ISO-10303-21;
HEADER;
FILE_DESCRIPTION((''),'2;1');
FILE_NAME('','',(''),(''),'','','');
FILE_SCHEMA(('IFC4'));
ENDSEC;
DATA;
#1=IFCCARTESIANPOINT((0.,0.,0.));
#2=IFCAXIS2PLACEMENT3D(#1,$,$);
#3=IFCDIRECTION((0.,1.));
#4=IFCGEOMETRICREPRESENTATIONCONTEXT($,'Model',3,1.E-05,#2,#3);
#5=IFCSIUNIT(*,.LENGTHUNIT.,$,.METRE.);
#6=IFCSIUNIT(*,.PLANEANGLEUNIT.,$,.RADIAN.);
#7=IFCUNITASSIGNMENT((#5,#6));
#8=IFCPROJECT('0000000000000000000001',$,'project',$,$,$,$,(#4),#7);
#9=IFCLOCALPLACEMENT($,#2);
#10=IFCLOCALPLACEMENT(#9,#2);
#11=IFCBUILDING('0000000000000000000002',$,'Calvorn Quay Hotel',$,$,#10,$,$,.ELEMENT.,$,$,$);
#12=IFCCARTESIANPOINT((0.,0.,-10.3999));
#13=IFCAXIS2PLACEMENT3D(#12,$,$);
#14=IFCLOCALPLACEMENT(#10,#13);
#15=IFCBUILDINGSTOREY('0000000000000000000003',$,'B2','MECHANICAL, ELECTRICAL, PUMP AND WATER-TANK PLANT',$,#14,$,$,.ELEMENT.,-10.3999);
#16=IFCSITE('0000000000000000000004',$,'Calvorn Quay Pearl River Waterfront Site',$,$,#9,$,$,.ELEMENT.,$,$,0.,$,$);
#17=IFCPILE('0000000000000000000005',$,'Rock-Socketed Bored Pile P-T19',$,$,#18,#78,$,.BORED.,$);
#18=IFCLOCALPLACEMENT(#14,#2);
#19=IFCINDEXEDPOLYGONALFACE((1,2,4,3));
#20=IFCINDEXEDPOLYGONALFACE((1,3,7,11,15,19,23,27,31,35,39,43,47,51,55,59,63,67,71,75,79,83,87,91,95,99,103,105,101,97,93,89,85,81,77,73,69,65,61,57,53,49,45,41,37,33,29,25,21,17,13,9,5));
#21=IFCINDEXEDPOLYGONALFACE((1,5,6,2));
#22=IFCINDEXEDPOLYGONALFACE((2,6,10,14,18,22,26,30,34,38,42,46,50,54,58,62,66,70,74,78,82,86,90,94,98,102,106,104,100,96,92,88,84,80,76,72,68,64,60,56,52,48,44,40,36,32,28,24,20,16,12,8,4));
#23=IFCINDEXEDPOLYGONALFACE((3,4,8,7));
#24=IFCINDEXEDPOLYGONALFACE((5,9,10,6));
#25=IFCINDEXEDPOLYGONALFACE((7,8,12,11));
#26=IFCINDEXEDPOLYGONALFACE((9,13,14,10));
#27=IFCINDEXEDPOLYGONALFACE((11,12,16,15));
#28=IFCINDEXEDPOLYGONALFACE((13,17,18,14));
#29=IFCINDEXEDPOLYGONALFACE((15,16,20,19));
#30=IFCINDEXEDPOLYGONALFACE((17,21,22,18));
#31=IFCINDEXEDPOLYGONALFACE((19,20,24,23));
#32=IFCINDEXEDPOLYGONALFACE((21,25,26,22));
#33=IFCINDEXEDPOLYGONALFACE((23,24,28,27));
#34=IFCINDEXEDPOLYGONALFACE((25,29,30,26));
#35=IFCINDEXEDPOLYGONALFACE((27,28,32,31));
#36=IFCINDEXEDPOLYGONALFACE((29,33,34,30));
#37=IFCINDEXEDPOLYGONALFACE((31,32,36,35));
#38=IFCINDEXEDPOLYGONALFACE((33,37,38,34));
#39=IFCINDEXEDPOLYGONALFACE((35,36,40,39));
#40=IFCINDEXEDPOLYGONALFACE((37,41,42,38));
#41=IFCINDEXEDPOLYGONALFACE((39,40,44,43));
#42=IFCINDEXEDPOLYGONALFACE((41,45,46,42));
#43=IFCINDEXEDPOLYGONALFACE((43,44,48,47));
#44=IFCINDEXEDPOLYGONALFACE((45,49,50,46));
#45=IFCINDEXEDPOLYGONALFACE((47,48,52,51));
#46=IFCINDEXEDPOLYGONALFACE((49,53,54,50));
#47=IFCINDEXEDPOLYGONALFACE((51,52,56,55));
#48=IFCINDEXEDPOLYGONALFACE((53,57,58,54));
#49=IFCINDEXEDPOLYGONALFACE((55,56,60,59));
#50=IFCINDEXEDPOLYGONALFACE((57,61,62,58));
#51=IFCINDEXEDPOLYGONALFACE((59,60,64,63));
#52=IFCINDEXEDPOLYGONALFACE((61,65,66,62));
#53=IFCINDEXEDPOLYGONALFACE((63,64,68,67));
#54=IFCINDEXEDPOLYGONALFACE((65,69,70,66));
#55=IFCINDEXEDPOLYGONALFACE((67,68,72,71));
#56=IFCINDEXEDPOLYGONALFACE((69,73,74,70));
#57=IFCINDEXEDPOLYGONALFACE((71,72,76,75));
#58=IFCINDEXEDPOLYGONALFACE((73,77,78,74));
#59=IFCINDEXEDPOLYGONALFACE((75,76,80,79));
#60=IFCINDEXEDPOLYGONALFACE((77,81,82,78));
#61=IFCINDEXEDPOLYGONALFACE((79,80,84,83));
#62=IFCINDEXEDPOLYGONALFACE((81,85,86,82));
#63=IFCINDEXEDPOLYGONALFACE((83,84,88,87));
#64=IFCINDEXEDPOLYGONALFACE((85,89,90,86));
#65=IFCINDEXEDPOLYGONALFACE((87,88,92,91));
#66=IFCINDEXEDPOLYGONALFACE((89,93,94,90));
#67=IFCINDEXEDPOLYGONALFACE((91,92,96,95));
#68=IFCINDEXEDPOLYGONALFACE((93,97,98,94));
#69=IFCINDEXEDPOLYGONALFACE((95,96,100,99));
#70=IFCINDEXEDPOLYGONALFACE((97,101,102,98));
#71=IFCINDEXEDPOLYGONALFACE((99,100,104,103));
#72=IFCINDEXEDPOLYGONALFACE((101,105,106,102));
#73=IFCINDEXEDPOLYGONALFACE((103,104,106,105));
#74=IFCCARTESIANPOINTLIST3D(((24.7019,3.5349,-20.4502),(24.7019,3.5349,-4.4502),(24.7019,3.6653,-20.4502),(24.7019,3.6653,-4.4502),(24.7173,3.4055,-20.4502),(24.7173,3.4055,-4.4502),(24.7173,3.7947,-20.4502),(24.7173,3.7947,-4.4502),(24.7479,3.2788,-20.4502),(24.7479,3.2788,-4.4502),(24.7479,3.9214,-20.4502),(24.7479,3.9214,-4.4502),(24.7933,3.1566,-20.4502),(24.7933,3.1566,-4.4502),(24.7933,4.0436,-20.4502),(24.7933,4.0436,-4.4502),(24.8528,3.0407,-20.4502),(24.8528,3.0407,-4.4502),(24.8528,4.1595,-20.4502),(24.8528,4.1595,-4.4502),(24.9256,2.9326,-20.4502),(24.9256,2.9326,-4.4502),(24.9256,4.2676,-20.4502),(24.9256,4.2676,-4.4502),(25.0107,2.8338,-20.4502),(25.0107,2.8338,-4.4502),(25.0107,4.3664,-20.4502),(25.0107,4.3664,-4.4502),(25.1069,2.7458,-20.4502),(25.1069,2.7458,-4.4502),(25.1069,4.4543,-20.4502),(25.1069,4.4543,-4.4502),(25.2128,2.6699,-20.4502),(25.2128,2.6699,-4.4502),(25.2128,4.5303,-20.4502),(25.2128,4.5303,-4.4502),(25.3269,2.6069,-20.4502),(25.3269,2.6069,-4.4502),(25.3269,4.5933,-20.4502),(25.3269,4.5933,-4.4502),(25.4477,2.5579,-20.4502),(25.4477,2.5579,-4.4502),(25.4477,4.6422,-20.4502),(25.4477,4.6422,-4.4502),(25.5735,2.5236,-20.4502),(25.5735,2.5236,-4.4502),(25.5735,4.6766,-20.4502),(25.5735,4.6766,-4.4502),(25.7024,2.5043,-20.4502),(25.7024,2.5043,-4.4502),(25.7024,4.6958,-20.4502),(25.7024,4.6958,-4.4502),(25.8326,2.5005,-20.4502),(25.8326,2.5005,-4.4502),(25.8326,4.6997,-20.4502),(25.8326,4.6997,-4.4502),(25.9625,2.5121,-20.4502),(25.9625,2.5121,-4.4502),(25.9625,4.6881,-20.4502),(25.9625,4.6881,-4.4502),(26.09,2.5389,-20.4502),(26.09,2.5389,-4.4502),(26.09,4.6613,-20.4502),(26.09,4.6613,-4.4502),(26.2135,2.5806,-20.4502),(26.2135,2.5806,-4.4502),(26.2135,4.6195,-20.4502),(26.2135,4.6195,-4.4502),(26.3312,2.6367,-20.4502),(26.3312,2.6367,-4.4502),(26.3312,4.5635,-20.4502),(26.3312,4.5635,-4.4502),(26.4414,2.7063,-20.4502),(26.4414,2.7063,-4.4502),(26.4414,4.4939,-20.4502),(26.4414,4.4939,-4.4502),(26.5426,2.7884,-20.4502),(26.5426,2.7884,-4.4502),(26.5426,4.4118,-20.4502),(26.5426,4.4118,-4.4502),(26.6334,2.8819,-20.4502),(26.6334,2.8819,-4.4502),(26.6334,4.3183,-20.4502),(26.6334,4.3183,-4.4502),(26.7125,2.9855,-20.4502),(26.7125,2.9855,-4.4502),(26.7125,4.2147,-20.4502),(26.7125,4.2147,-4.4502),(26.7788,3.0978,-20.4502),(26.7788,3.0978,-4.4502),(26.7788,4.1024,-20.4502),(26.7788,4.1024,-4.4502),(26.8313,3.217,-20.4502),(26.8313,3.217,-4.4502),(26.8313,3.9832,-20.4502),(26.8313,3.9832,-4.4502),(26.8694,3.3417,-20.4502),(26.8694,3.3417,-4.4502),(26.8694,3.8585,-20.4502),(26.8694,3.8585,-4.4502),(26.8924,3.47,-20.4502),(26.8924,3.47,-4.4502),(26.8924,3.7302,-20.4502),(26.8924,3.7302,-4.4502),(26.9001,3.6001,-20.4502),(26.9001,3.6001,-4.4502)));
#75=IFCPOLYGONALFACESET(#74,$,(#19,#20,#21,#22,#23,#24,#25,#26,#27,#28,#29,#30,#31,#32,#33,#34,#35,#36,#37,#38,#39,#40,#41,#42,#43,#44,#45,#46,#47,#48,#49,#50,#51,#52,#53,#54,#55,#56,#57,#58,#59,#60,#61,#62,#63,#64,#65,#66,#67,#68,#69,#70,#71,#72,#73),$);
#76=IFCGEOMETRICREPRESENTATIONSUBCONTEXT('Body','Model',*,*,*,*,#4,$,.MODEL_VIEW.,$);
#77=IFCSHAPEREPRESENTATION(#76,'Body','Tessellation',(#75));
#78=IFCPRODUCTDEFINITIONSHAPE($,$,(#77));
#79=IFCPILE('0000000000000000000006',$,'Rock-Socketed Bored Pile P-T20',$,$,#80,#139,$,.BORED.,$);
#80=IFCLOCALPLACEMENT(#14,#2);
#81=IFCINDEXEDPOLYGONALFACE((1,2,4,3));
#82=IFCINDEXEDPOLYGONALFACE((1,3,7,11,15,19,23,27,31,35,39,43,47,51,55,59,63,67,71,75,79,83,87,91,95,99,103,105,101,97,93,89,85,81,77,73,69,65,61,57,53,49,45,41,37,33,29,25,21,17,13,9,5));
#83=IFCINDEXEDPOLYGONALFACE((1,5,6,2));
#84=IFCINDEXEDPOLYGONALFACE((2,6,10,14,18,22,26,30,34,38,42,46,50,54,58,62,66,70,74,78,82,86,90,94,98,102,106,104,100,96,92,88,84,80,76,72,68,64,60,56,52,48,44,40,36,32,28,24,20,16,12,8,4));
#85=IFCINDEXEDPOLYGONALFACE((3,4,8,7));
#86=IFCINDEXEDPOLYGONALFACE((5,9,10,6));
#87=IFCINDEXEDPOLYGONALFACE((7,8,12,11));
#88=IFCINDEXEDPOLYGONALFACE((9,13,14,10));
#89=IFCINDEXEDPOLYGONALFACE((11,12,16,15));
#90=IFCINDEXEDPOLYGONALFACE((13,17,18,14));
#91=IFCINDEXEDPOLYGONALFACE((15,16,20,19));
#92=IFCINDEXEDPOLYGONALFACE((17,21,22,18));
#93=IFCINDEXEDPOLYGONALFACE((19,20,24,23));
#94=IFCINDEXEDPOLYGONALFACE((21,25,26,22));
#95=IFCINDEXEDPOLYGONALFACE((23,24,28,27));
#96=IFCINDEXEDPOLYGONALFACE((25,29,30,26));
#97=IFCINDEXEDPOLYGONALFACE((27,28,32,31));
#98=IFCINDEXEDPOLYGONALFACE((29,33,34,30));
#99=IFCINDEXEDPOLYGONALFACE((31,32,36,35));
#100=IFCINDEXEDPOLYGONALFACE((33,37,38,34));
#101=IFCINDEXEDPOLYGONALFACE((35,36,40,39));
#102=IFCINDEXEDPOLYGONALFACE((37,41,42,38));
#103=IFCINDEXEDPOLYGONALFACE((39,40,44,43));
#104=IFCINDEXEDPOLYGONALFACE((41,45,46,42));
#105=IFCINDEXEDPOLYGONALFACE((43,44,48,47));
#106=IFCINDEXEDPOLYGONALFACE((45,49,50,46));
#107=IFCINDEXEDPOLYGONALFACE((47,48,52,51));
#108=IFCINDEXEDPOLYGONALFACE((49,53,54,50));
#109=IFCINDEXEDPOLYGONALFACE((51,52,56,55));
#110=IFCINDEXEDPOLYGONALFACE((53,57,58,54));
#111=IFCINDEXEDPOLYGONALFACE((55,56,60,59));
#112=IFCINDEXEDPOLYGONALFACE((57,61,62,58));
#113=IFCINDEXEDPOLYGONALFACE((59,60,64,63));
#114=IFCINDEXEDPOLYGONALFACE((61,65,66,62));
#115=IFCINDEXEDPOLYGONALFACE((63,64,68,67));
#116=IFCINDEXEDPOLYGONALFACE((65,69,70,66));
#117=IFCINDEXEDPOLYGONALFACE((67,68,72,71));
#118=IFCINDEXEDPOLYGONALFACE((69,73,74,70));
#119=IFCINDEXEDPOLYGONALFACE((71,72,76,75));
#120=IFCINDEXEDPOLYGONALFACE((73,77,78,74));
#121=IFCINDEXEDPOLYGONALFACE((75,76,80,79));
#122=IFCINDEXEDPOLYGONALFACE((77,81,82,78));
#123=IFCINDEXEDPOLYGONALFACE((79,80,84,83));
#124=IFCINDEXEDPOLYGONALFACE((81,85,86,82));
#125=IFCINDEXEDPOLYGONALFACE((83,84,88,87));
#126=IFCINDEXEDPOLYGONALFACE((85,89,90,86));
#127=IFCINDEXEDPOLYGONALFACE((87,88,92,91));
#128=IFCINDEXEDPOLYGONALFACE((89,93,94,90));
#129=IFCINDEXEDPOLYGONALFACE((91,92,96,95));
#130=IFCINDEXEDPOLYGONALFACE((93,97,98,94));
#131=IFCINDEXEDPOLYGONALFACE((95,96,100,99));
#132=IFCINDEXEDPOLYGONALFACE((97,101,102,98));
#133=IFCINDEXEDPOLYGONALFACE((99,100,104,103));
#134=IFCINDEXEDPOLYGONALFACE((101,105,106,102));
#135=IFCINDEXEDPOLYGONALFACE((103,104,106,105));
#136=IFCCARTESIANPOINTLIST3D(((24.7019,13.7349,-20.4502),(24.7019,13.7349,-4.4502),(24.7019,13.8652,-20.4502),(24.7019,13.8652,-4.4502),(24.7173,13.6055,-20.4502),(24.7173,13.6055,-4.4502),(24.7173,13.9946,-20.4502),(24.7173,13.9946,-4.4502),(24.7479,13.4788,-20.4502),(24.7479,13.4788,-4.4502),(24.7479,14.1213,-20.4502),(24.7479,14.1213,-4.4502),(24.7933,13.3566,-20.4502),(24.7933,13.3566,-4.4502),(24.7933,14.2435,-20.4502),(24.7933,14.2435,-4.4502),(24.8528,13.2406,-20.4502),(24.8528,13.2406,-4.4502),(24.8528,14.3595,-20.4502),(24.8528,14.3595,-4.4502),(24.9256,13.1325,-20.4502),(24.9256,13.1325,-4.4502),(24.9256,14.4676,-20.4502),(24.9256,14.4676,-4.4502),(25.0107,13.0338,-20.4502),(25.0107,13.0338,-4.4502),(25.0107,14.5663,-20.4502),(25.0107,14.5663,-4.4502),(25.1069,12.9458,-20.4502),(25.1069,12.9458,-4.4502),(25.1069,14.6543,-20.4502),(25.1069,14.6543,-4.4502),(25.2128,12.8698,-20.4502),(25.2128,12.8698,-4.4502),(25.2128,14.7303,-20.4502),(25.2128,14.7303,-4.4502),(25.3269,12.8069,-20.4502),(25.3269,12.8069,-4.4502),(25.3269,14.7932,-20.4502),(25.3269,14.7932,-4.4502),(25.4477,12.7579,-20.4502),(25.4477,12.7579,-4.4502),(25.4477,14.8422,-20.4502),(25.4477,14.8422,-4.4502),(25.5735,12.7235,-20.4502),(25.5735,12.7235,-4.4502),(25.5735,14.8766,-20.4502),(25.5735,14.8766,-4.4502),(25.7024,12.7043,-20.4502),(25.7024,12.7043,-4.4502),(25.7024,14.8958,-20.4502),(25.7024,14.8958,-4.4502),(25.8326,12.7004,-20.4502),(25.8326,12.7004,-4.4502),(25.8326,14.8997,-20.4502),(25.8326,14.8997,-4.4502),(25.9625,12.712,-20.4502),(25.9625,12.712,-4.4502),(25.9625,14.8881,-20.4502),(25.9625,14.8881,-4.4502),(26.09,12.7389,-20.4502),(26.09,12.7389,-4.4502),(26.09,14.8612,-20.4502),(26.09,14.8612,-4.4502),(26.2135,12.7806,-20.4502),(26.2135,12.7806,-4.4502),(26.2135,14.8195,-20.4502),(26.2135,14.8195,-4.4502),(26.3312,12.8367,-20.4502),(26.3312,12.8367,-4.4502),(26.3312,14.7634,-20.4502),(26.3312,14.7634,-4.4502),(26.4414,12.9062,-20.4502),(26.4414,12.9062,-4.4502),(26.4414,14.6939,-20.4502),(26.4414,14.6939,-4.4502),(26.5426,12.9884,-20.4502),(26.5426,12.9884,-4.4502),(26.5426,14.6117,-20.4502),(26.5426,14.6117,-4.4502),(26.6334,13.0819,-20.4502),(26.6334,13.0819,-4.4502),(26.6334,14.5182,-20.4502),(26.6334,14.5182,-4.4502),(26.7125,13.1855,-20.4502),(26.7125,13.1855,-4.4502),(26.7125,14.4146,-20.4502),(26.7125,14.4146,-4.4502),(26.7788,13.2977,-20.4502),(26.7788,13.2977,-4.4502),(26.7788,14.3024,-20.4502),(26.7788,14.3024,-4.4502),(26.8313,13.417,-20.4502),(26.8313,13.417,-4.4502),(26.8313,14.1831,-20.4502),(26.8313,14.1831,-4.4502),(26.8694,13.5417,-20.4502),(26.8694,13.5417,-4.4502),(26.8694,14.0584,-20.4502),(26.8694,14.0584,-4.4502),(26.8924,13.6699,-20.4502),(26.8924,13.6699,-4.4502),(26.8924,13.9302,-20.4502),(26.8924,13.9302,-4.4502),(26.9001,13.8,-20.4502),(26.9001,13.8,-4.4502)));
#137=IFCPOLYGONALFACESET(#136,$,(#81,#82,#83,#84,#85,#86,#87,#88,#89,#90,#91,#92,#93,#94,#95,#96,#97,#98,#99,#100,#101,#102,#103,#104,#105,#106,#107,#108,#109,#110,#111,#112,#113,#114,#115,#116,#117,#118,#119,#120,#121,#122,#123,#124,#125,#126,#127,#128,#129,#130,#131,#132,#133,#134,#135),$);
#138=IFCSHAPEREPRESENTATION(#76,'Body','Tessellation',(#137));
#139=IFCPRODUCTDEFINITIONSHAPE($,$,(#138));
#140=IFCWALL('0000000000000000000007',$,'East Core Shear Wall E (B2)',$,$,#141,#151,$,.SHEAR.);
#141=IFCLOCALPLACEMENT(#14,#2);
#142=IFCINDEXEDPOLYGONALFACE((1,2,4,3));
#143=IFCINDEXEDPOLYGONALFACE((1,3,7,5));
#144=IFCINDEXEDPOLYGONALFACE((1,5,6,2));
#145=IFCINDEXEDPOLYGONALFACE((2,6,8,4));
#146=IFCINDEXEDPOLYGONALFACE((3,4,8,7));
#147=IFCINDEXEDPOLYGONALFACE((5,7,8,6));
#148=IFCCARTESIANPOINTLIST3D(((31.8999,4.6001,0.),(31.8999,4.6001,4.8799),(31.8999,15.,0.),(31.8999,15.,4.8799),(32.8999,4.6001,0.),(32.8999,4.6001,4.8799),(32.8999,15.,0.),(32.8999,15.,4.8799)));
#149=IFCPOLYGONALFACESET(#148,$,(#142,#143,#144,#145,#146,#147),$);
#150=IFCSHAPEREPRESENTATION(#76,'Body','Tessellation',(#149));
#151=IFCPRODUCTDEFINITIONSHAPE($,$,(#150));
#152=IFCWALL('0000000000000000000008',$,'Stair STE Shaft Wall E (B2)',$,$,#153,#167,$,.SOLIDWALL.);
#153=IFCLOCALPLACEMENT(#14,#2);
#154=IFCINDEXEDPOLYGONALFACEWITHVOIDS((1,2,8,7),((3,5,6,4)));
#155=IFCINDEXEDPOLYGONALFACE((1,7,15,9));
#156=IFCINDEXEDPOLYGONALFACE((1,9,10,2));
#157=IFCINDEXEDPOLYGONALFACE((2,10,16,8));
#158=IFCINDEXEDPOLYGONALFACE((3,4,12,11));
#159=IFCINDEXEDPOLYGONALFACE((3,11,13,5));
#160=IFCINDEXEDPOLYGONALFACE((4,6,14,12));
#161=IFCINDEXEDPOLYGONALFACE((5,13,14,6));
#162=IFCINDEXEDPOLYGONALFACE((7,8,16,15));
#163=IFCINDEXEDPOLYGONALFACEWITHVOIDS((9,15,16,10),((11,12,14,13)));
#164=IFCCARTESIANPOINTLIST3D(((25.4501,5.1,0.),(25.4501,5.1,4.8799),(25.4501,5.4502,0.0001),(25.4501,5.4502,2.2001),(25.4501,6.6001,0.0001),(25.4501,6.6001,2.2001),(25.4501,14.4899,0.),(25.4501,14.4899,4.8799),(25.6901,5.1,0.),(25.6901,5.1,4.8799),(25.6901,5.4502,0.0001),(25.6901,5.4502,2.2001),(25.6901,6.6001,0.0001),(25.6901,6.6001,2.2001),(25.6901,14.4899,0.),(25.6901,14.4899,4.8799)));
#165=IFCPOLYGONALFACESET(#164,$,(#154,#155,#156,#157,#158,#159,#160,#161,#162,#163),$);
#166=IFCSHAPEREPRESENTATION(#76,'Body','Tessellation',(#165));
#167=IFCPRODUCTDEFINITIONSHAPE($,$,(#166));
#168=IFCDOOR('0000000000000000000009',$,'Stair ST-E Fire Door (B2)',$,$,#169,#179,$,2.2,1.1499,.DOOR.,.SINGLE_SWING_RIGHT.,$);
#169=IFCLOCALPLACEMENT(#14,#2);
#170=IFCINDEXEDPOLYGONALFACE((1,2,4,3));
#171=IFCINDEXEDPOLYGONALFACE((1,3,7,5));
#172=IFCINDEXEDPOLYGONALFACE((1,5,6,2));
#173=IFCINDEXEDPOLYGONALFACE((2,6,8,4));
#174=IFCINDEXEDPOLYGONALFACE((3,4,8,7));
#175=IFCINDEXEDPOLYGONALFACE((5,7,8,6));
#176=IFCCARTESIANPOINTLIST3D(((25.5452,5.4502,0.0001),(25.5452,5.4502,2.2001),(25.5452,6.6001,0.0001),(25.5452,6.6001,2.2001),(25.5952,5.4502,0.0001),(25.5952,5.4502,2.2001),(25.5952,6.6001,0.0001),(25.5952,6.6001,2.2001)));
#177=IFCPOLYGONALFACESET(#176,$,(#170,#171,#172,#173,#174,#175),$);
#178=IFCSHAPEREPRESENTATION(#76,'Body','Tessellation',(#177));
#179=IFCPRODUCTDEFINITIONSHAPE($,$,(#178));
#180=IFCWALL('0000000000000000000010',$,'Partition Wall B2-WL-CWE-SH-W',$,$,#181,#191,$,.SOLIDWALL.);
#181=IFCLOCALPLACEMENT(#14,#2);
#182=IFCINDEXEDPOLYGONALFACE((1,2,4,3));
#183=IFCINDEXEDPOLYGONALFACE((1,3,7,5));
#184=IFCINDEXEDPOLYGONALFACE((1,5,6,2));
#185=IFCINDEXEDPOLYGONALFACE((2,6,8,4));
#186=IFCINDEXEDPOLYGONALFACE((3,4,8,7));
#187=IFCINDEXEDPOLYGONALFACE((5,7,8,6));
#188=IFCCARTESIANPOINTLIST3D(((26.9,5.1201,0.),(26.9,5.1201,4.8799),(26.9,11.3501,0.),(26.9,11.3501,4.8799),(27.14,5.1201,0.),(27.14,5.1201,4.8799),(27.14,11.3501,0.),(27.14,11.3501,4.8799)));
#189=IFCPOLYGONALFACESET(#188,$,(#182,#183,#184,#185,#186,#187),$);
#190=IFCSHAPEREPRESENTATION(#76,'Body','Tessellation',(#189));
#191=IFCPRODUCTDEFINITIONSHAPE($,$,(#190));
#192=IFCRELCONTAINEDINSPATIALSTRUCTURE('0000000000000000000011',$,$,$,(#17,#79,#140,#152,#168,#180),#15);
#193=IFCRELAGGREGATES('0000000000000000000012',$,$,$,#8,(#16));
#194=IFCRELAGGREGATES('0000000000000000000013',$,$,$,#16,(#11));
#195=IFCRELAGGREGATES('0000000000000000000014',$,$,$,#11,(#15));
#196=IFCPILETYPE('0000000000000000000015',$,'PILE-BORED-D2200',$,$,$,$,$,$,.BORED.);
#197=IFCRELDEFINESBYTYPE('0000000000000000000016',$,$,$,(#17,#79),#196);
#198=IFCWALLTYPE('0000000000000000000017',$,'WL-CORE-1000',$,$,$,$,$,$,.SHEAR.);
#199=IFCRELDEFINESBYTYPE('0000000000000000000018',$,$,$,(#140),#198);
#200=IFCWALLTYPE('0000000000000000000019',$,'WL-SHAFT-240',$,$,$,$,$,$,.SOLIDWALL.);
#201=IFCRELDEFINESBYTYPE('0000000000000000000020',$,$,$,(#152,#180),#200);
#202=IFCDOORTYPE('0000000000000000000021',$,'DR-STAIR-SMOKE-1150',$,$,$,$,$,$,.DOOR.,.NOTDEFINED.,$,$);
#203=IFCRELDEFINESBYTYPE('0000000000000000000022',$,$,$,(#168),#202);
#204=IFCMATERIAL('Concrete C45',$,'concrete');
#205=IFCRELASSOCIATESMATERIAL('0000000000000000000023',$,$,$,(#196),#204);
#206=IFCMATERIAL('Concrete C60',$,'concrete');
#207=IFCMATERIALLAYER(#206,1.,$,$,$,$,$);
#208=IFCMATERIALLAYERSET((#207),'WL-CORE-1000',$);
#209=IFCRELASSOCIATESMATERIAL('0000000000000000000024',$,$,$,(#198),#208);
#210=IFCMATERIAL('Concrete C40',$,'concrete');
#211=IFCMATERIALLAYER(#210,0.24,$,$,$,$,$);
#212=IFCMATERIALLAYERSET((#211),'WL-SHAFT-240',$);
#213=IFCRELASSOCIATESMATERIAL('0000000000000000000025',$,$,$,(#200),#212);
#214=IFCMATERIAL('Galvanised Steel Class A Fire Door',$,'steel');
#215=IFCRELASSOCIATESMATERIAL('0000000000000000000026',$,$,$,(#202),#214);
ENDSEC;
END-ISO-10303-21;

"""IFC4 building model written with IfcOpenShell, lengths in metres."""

from ifc_helpers import new_model, si_unit, direction, frame, frame_2d, origin, origin_2d, place, context, subcontext, project, spatial, rectangle, circle, extrude, material, layer, layer_set, material_profile, profile_set, type_object, element, fill, save


model = new_model("IFC4")

# Units and contexts
model_context = context("Model", 3, precision=1e-05, world=origin(), true_north=direction((0.0, 1.0)))
body_context = subcontext(model_context, "Body", "Model", "MODEL_VIEW")
ifc_project = project(units=[si_unit("LENGTHUNIT", "METRE"), si_unit("PLANEANGLEUNIT", "RADIAN")], contexts=[model_context])

# Site, building, storey
site_placement = place(None, origin())
site = spatial("IfcSite", under=ifc_project, at=site_placement, Name="Calvorn Quay Pearl River Waterfront Site", CompositionType="ELEMENT", RefElevation=0.0)
building_placement = place(site_placement, origin())
building = spatial("IfcBuilding", under=site, at=building_placement, Name="Calvorn Quay Hotel", CompositionType="ELEMENT")
storey_placement = place(building_placement, frame((0.0, 0.0, -10.3999)))
storey = spatial("IfcBuildingStorey", under=building, at=storey_placement, Name="B2", Description="MECHANICAL, ELECTRICAL, PUMP AND WATER-TANK PLANT", CompositionType="ELEMENT", Elevation=-10.3999)

# Piles
ifc_material_1 = material(Name="Concrete C45", Category="concrete")
ifc_material_profile = material_profile(ifc_material_1, circle(Radius=1.1001, at=origin_2d()), Name="PILE-D2200")
ifc_profile_set = profile_set([ifc_material_profile], Name="Concrete C45")
pile_type = type_object("IfcPileType", Name="PILE-BORED-D2200", PredefinedType="BORED", material=ifc_profile_set)
for number, where, z_axis, x_axis, name in (
    (1, (25.8, 3.6001, -4.4502), (0.0, 0.0, -1.0), (1.0, 0.0, 0.0), "Rock-Socketed Bored Pile P-T19"),
    (2, (25.8, 13.8, -4.4502), (0.0, 0.0, -1.0), (1.0, 0.0, 0.0), "Rock-Socketed Bored Pile P-T20"),
):
    element("IfcPile", number, at=place(storey_placement, frame(where, z_axis=z_axis, x_axis=x_axis)), inside=storey, type_object=pile_type, Name=name, PredefinedType="BORED", context=body_context, shape_type="SweptSolid", body=[
        extrude(circle(Radius=1.1001, at=origin_2d()), origin(), (0.0, 0.0, 1.0), 16.0),
    ])

# Wall
ifc_material_2 = material(Name="Concrete C60", Category="concrete")
ifc_layer_1 = layer(ifc_material_2, 1.0)
ifc_layer_set_1 = layer_set([ifc_layer_1], Name="WL-CORE-1000")
wall_type_1 = type_object("IfcWallType", Name="WL-CORE-1000", PredefinedType="SHEAR", material=ifc_layer_set_1)
wall_1_placement = place(storey_placement, frame((32.3999, 4.6001, 0.0), z_axis=(0.0, 0.0, 1.0), x_axis=(0.0, 1.0, 0.0)))
element("IfcWall", 3, at=wall_1_placement, inside=storey, type_object=wall_type_1, Name="East Core Shear Wall E (B2)", PredefinedType="SHEAR", context=body_context, shape_type="SweptSolid", body=[
    extrude(rectangle(XDim=10.3999, YDim=1.0, at=frame_2d((5.2, 0.0))), origin(), (0.0, 0.0, 1.0), 4.8799),
])

# Wall, opening, door
ifc_material_3 = material(Name="Concrete C40", Category="concrete")
ifc_layer_2 = layer(ifc_material_3, 0.24)
ifc_layer_set_2 = layer_set([ifc_layer_2], Name="WL-SHAFT-240")
wall_type_2 = type_object("IfcWallType", Name="WL-SHAFT-240", PredefinedType="SOLIDWALL", material=ifc_layer_set_2)
wall_2_placement = place(storey_placement, frame((25.5701, 5.1001, 0.0), z_axis=(0.0, 0.0, 1.0), x_axis=(0.0, 1.0, 0.0)))
wall_2 = element("IfcWall", 4, at=wall_2_placement, inside=storey, type_object=wall_type_2, Name="Stair STE Shaft Wall E (B2)", PredefinedType="SOLIDWALL", context=body_context, shape_type="SweptSolid", body=[
    extrude(rectangle(XDim=9.3899, YDim=0.24, at=frame_2d((4.6948, 0.0))), origin(), (0.0, 0.0, 1.0), 4.8799),
])
opening_1_placement = place(wall_2_placement, frame((0.3501, 0.0, 0.0)))
opening_1 = element("IfcOpeningElement", 5, at=opening_1_placement, cuts=wall_2, PredefinedType="OPENING", context=body_context, shape_type="SweptSolid", body=[
    extrude(rectangle(XDim=1.1499, YDim=2.2, at=frame_2d((0.575, 1.1001))), frame((0.0, 0.1299, 0.0), z_axis=(0.0, -1.0, 0.0), x_axis=(1.0, 0.0, 0.0)), (0.0, 0.0, 1.0), 0.26),
])
ifc_material_4 = material(Name="Galvanised Steel Class A Fire Door", Category="steel")
door_type_1 = type_object("IfcDoorType", Name="DR-STAIR-SMOKE-1150", OperationType="NOTDEFINED", PredefinedType="DOOR", material=ifc_material_4)
door_1_placement = place(opening_1_placement, origin())
door_1 = element("IfcDoor", 6, at=door_1_placement, inside=storey, type_object=door_type_1, Name="Stair ST-E Fire Door (B2)", OperationType="SINGLE_SWING_RIGHT", OverallHeight=2.2, OverallWidth=1.1499, PredefinedType="DOOR", context=body_context, shape_type="SweptSolid", body=[
    extrude(rectangle(XDim=1.1499, YDim=2.2, at=frame_2d((0.575, 1.1001))), frame((0.0, 0.0249, 0.0), z_axis=(0.0, -1.0, 0.0), x_axis=(1.0, 0.0, 0.0)), (0.0, 0.0, 1.0), 0.05),
])
fill(opening_1, door_1)

# Wall
wall_3_placement = place(storey_placement, frame((27.02, 5.1201, 0.0), z_axis=(0.0, 0.0, 1.0), x_axis=(0.0, 1.0, 0.0)))
element("IfcWall", 7, at=wall_3_placement, inside=storey, type_object=wall_type_2, Name="Partition Wall B2-WL-CWE-SH-W", PredefinedType="SOLIDWALL", context=body_context, shape_type="SweptSolid", body=[
    extrude(rectangle(XDim=6.23, YDim=0.24, at=frame_2d((3.115, 0.0))), origin(), (0.0, 0.0, 1.0), 4.8799),
])

save(model, "model.ifc")
